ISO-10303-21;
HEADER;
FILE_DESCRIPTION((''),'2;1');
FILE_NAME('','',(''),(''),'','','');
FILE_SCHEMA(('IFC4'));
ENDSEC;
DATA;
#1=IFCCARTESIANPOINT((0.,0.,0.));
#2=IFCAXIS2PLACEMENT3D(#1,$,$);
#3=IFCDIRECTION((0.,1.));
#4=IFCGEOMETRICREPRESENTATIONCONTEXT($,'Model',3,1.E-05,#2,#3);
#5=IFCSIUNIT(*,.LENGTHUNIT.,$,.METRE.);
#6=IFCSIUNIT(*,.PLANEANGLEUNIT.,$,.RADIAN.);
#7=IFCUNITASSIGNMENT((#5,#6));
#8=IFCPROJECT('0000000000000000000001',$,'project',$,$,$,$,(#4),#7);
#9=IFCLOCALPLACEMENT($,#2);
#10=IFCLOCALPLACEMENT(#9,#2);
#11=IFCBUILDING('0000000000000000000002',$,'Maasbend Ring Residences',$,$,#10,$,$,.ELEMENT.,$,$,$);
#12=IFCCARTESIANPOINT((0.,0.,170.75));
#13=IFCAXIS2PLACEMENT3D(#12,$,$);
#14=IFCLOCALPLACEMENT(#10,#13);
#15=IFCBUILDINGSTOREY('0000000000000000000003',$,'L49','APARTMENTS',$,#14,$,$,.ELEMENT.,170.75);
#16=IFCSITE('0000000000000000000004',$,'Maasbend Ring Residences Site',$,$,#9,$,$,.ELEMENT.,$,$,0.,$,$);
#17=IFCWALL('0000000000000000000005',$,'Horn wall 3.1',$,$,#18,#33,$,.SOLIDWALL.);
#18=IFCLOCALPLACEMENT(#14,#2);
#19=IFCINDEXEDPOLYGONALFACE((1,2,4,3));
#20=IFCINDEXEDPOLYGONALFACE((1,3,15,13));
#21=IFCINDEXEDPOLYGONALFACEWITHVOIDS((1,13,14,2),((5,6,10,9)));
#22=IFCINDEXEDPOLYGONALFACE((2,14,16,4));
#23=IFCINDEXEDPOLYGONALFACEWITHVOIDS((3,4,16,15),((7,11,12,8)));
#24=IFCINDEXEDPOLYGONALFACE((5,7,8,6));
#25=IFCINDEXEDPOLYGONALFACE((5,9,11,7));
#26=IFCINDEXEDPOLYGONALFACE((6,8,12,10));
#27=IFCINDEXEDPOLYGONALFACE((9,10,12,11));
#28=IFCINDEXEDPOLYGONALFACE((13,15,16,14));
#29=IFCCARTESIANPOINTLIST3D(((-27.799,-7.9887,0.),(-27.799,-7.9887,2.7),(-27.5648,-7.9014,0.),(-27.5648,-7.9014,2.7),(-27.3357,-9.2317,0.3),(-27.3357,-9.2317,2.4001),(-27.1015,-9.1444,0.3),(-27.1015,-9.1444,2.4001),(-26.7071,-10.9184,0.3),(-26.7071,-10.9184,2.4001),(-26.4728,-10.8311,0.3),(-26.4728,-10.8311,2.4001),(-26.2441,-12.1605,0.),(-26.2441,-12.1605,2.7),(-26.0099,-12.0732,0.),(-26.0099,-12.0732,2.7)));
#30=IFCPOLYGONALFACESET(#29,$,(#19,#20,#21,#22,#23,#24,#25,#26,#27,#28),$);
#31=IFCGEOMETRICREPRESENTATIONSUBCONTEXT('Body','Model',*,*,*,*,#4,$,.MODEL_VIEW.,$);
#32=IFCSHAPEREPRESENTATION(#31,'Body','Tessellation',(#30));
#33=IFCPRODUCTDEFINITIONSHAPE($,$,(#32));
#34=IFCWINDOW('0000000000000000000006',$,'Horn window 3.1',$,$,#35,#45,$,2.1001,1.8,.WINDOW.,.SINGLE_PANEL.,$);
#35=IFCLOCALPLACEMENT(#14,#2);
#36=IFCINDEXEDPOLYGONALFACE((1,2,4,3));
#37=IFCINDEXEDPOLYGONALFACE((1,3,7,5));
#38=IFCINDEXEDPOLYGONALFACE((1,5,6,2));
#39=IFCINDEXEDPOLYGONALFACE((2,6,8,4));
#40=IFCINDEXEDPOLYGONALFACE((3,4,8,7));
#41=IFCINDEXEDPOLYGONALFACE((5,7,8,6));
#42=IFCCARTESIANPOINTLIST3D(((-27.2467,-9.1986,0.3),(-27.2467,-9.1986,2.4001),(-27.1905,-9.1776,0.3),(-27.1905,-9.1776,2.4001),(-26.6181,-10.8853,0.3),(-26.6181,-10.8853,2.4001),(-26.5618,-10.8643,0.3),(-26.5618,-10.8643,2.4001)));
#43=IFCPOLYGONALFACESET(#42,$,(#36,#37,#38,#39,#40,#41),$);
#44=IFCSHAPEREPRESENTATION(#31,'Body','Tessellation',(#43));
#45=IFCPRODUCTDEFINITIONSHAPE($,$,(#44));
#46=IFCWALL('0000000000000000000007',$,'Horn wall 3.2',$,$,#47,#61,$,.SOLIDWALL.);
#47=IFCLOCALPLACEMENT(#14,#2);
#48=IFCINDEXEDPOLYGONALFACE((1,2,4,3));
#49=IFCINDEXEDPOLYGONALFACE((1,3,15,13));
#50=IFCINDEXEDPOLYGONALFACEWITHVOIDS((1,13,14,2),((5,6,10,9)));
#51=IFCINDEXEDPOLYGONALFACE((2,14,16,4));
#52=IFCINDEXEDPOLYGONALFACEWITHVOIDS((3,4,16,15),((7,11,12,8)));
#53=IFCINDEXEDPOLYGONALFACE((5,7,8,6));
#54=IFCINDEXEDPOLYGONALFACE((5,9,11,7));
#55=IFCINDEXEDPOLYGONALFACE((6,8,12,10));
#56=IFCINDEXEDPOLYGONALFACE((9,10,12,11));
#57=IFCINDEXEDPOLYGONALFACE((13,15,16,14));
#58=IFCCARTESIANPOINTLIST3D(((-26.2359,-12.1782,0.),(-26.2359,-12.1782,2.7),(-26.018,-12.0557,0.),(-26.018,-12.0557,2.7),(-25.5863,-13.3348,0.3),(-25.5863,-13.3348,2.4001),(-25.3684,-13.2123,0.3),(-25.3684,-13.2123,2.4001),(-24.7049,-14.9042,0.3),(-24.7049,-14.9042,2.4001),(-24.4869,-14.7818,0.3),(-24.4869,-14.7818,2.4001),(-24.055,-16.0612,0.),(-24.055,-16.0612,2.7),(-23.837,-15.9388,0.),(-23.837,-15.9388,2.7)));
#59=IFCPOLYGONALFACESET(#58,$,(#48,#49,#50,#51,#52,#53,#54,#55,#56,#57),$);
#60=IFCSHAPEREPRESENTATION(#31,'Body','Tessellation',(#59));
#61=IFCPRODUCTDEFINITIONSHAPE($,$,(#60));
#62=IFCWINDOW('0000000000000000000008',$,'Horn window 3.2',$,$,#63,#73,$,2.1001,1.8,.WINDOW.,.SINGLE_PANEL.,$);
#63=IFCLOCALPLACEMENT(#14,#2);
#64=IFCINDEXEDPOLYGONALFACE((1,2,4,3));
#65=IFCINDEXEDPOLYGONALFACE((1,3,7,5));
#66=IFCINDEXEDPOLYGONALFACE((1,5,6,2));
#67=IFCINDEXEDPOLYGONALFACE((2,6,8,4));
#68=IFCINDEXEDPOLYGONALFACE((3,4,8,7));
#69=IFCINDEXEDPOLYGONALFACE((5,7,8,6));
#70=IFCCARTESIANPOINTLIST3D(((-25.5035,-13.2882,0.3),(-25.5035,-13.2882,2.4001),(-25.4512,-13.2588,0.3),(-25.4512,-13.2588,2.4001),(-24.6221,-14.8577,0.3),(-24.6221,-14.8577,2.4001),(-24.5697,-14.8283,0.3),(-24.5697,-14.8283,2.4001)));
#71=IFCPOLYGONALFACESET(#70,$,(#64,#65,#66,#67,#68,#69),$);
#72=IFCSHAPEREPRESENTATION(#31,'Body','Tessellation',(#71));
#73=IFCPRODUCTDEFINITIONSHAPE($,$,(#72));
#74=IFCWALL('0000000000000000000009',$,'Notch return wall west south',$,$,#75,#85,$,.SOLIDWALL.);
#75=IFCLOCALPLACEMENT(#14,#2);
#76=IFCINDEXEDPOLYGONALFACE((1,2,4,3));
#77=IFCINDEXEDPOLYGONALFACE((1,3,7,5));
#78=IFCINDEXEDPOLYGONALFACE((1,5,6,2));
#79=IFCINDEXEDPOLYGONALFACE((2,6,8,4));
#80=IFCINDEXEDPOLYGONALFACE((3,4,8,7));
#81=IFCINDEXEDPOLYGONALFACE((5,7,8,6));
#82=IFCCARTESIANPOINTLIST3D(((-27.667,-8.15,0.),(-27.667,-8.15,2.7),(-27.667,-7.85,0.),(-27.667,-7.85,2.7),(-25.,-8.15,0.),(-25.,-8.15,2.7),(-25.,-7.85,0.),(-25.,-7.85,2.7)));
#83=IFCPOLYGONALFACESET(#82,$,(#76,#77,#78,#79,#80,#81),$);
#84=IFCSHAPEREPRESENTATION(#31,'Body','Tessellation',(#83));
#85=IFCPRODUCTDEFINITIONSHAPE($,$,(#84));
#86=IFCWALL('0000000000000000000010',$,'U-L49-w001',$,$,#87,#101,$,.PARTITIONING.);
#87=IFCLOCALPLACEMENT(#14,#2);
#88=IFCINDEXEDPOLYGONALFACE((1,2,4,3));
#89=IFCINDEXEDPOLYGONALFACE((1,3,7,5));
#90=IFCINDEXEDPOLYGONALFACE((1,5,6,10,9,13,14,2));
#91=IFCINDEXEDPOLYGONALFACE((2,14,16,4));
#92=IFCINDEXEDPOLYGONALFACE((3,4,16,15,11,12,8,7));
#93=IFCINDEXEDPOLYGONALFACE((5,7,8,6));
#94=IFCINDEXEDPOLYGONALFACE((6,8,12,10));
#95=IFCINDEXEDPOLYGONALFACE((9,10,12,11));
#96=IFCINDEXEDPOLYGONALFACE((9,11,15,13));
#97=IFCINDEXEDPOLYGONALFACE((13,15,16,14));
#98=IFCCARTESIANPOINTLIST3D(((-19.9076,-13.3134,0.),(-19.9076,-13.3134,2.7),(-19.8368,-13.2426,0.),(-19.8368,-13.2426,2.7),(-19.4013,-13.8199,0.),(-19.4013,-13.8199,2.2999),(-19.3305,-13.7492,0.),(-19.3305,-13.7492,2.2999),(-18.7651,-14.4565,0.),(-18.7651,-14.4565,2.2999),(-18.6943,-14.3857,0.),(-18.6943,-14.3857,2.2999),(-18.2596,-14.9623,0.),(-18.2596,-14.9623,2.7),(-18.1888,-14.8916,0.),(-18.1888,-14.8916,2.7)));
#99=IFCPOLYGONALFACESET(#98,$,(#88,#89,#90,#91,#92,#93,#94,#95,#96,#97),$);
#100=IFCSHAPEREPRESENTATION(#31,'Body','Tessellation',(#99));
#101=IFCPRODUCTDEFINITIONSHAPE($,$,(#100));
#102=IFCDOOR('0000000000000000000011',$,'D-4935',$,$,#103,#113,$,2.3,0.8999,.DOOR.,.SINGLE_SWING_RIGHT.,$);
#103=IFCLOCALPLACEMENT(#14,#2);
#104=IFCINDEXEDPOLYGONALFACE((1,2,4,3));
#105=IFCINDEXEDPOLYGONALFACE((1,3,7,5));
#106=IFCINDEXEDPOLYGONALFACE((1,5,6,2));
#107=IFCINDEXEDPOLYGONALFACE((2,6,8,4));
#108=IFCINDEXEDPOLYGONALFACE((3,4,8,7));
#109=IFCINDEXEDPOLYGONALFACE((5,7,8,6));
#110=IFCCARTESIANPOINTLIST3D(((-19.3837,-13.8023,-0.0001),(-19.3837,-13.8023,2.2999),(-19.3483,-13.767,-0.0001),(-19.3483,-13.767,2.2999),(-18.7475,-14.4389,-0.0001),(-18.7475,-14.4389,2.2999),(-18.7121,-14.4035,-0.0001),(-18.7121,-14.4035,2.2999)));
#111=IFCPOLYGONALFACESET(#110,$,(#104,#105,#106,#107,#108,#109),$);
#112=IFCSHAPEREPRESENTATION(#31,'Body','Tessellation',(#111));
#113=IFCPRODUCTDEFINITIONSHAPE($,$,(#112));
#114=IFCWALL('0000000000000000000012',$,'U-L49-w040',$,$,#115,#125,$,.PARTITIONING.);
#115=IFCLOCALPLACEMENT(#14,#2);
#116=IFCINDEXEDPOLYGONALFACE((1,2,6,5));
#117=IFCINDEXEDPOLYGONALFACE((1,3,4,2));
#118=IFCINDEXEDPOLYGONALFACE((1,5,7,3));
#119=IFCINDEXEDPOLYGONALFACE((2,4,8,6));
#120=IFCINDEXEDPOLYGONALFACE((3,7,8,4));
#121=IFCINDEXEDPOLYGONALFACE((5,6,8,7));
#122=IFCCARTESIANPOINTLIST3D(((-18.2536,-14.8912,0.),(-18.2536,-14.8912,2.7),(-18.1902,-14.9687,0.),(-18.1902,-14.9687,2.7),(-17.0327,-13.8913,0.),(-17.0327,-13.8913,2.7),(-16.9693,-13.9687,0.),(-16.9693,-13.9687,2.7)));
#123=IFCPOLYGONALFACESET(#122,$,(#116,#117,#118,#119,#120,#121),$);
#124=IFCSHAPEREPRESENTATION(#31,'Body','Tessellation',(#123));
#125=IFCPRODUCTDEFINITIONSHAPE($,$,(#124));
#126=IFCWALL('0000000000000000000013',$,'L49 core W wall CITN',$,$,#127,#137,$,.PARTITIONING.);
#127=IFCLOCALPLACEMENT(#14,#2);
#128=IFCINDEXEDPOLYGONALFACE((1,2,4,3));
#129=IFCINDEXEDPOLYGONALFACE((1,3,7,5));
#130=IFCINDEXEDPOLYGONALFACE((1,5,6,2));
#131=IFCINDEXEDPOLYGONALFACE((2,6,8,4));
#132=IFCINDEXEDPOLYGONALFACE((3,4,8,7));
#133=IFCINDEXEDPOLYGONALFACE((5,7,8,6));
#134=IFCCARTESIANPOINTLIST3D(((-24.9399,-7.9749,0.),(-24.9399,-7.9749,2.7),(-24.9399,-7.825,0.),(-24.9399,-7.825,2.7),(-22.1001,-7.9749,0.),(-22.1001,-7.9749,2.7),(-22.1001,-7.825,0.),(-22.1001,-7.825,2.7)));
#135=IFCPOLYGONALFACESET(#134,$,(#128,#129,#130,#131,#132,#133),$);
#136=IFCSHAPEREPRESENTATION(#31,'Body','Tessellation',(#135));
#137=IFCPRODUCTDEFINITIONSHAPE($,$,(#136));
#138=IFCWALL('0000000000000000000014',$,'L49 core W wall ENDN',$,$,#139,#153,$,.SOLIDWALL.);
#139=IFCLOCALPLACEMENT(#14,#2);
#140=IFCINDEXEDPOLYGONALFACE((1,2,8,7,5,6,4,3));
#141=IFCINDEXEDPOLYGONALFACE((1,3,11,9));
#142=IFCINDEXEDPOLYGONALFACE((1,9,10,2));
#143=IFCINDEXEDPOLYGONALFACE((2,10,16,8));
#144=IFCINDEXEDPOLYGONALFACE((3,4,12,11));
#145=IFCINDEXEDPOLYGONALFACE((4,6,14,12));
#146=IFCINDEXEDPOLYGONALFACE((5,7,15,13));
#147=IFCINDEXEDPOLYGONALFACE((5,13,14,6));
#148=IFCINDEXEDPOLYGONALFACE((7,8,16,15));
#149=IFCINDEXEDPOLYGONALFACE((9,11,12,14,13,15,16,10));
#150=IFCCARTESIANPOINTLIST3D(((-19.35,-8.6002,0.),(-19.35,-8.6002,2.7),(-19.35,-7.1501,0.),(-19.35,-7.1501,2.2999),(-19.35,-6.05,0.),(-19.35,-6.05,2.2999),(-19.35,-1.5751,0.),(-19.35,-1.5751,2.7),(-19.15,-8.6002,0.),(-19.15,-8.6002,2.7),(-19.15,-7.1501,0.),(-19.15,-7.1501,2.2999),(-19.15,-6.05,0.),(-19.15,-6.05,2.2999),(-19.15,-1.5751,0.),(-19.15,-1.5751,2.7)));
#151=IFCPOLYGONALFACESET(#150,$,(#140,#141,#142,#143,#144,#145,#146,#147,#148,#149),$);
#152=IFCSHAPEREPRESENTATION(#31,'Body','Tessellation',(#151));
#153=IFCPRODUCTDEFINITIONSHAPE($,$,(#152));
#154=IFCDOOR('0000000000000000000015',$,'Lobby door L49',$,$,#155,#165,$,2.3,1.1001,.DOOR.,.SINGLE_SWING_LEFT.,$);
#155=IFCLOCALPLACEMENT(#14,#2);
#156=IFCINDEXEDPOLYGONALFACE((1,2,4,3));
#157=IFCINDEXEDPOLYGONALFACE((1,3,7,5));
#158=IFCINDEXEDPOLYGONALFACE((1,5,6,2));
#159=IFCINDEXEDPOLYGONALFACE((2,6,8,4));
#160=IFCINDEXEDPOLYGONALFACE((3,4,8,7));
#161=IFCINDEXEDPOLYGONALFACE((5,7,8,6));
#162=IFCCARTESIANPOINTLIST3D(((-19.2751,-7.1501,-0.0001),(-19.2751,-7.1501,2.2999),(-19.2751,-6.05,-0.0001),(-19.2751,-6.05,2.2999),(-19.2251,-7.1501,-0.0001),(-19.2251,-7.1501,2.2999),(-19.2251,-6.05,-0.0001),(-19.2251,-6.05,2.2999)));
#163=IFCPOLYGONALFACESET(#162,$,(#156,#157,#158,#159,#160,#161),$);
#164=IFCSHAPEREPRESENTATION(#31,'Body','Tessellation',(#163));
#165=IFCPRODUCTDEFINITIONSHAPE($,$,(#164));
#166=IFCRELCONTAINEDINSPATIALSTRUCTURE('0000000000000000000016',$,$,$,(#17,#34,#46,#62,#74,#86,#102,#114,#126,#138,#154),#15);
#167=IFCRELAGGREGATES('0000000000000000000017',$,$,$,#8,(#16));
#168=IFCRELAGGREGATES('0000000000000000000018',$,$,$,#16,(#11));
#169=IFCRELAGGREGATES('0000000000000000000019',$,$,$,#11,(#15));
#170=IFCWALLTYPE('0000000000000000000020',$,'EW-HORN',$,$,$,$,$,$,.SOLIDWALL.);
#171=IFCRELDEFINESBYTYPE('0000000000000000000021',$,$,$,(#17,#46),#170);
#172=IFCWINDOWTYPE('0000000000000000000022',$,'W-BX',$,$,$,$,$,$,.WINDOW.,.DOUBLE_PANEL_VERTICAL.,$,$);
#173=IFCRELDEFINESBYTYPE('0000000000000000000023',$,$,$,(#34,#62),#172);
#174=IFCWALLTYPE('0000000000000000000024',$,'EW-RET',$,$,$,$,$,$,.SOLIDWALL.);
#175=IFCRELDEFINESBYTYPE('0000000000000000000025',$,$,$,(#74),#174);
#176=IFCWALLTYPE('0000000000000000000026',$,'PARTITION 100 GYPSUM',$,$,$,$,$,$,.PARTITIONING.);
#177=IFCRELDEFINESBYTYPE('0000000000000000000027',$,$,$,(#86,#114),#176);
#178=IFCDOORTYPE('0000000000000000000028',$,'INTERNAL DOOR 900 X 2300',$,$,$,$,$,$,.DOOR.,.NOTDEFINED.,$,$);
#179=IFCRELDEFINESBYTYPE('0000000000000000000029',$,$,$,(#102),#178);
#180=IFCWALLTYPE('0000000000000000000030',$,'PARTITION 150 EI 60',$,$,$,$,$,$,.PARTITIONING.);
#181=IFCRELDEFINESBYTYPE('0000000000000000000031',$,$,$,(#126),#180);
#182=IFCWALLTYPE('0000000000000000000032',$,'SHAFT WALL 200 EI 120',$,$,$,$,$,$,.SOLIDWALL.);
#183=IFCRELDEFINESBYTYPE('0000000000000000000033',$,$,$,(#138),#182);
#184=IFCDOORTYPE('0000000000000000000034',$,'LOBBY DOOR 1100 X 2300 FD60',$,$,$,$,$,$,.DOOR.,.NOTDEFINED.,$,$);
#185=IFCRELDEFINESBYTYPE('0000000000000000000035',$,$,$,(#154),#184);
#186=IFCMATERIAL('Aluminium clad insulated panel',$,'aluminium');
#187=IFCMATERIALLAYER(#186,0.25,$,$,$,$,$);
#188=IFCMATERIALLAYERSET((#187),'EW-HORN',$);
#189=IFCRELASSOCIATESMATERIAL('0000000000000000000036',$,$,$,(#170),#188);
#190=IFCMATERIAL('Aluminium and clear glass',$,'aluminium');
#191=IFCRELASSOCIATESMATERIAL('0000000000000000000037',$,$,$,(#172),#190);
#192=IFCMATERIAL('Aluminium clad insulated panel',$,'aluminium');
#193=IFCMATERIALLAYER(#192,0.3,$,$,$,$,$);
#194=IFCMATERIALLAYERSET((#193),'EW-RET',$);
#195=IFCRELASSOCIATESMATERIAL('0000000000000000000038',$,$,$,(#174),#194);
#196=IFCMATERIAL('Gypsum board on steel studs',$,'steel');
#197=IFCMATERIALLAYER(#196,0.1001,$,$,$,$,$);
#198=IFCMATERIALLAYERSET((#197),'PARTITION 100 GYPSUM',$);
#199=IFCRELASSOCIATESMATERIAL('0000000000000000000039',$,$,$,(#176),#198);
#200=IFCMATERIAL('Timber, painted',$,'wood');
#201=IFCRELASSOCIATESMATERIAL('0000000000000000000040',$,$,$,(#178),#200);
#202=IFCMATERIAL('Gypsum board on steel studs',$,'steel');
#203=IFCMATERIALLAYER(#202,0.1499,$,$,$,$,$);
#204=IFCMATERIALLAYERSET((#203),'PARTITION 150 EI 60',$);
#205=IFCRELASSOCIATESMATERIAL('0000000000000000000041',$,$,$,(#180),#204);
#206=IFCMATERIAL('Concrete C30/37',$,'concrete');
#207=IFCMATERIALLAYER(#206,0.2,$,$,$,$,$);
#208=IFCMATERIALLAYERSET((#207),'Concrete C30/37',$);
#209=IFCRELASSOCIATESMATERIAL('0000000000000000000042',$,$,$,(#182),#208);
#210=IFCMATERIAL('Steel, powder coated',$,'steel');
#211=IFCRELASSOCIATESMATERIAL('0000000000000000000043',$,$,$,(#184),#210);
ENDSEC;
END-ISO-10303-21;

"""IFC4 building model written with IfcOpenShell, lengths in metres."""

from ifc_helpers import new_model, si_unit, direction, frame, frame_2d, origin, place, context, subcontext, project, spatial, rectangle, extrude, material, layer, layer_set, type_object, element, fill, save


model = new_model("IFC4")

# Units and contexts
model_context = context("Model", 3, precision=1e-05, world=origin(), true_north=direction((0.0, 1.0)))
body_context = subcontext(model_context, "Body", "Model", "MODEL_VIEW")
ifc_project = project(units=[si_unit("LENGTHUNIT", "METRE"), si_unit("PLANEANGLEUNIT", "RADIAN")], contexts=[model_context])

# Site, building, storey
site_placement = place(None, origin())
site = spatial("IfcSite", under=ifc_project, at=site_placement, Name="Maasbend Ring Residences Site", CompositionType="ELEMENT", RefElevation=0.0)
building_placement = place(site_placement, origin())
building = spatial("IfcBuilding", under=site, at=building_placement, Name="Maasbend Ring Residences", CompositionType="ELEMENT")
storey_placement = place(building_placement, frame((0.0, 0.0, 170.75)))
storey = spatial("IfcBuildingStorey", under=building, at=storey_placement, Name="L49", Description="APARTMENTS", CompositionType="ELEMENT", Elevation=170.75)

# Walls, openings, windows
ifc_material_1 = material(Name="Aluminium clad insulated panel", Category="aluminium")
ifc_layer_1 = layer(ifc_material_1, 0.25)
ifc_layer_set_1 = layer_set([ifc_layer_1], Name="EW-HORN")
wall_type_1 = type_object("IfcWallType", Name="EW-HORN", PredefinedType="SOLIDWALL", material=ifc_layer_set_1)
wall_1_placement = place(storey_placement, frame((-27.6819, -7.9451, 0.0), z_axis=(0.0, 0.0, 1.0), x_axis=(0.349248, -0.93703, 0.0)))
wall_1 = element("IfcWall", 1, at=wall_1_placement, inside=storey, type_object=wall_type_1, Name="Horn wall 3.1", PredefinedType="SOLIDWALL", context=body_context, shape_type="SweptSolid", body=[
    extrude(rectangle(XDim=4.4521, YDim=0.25, at=frame_2d((2.2261, 0.0))), origin(), (0.0, 0.0, 1.0), 2.7),
])
opening_1_placement = place(wall_1_placement, frame((1.3267, 0.0, 0.3)))
opening_1 = element("IfcOpeningElement", 2, at=opening_1_placement, cuts=wall_1, PredefinedType="OPENING", context=body_context, shape_type="SweptSolid", body=[
    extrude(rectangle(XDim=1.8, YDim=2.1001, at=frame_2d((0.8999, 1.05))), frame((0.0, 0.135, 0.0), z_axis=(0.0, -1.0, 0.0), x_axis=(1.0, 0.0, 0.0)), (0.0, 0.0, 1.0), 0.27),
])
ifc_material_2 = material(Name="Aluminium and clear glass", Category="aluminium")
window_type = type_object("IfcWindowType", Name="W-BX", PartitioningType="DOUBLE_PANEL_VERTICAL", PredefinedType="WINDOW", material=ifc_material_2)
window_1_placement = place(opening_1_placement, origin())
window_1 = element("IfcWindow", 3, at=window_1_placement, inside=storey, type_object=window_type, Name="Horn window 3.1", OverallHeight=2.1001, OverallWidth=1.8, PartitioningType="SINGLE_PANEL", PredefinedType="WINDOW", context=body_context, shape_type="SweptSolid", body=[
    extrude(rectangle(XDim=1.8, YDim=2.1001, at=frame_2d((0.8999, 1.05))), frame((0.0, 0.03, 0.0), z_axis=(0.0, -1.0, 0.0), x_axis=(1.0, 0.0, 0.0)), (0.0, 0.0, 1.0), 0.0601),
])
fill(opening_1, window_1)
wall_2_placement = place(storey_placement, frame((-26.127, -12.1169, 0.0), z_axis=(0.0, 0.0, 1.0), x_axis=(0.489696, -0.871893, 0.0)))
wall_2 = element("IfcWall", 4, at=wall_2_placement, inside=storey, type_object=wall_type_1, Name="Horn wall 3.2", PredefinedType="SOLIDWALL", context=body_context, shape_type="SweptSolid", body=[
    extrude(rectangle(XDim=4.4536, YDim=0.25, at=frame_2d((2.2268, 0.0))), origin(), (0.0, 0.0, 1.0), 2.7),
])
opening_2_placement = place(wall_2_placement, frame((1.3267, 0.0, 0.3)))
opening_2 = element("IfcOpeningElement", 5, at=opening_2_placement, cuts=wall_2, PredefinedType="OPENING", context=body_context, shape_type="SweptSolid", body=[
    extrude(rectangle(XDim=1.8, YDim=2.1001, at=frame_2d((0.8999, 1.05))), frame((0.0, 0.135, 0.0), z_axis=(0.0, -1.0, 0.0), x_axis=(1.0, 0.0, 0.0)), (0.0, 0.0, 1.0), 0.27),
])
window_2_placement = place(opening_2_placement, origin())
window_2 = element("IfcWindow", 6, at=window_2_placement, inside=storey, type_object=window_type, Name="Horn window 3.2", OverallHeight=2.1001, OverallWidth=1.8, PartitioningType="SINGLE_PANEL", PredefinedType="WINDOW", context=body_context, shape_type="SweptSolid", body=[
    extrude(rectangle(XDim=1.8, YDim=2.1001, at=frame_2d((0.8999, 1.05))), frame((0.0, 0.03, 0.0), z_axis=(0.0, -1.0, 0.0), x_axis=(1.0, 0.0, 0.0)), (0.0, 0.0, 1.0), 0.0601),
])
fill(opening_2, window_2)

# Wall
ifc_material_3 = material(Name="Aluminium clad insulated panel", Category="aluminium")
ifc_layer_2 = layer(ifc_material_3, 0.3)
ifc_layer_set_2 = layer_set([ifc_layer_2], Name="EW-RET")
wall_type_2 = type_object("IfcWallType", Name="EW-RET", PredefinedType="SOLIDWALL", material=ifc_layer_set_2)
wall_3_placement = place(storey_placement, frame((-25.0, -8.0, 0.0), z_axis=(0.0, 0.0, 1.0), x_axis=(-1.0, 0.0, 0.0)))
element("IfcWall", 7, at=wall_3_placement, inside=storey, type_object=wall_type_2, Name="Notch return wall west south", PredefinedType="SOLIDWALL", context=body_context, shape_type="SweptSolid", body=[
    extrude(rectangle(XDim=2.667, YDim=0.3, at=frame_2d((1.3335, 0.0))), origin(), (0.0, 0.0, 1.0), 2.7),
])

# Wall, opening, door
ifc_material_4 = material(Name="Gypsum board on steel studs", Category="steel")
ifc_layer_3 = layer(ifc_material_4, 0.1001)
ifc_layer_set_3 = layer_set([ifc_layer_3], Name="PARTITION 100 GYPSUM")
wall_type_3 = type_object("IfcWallType", Name="PARTITION 100 GYPSUM", PredefinedType="PARTITIONING", material=ifc_layer_set_3)
wall_4_placement = place(storey_placement, frame((-19.8721, -13.2781, 0.0), z_axis=(0.0, 0.0, 1.0), x_axis=(0.706897, -0.707316, 0.0)))
wall_4 = element("IfcWall", 8, at=wall_4_placement, inside=storey, type_object=wall_type_3, Name="U-L49-w001", PredefinedType="PARTITIONING", context=body_context, shape_type="SweptSolid", body=[
    extrude(rectangle(XDim=2.3313, YDim=0.1001, at=frame_2d((1.1655, 0.0))), origin(), (0.0, 0.0, 1.0), 2.7),
])
opening_3_placement = place(wall_4_placement, frame((0.7161, 0.0, 0.0)))
opening_3 = element("IfcOpeningElement", 9, at=opening_3_placement, cuts=wall_4, PredefinedType="OPENING", context=body_context, shape_type="SweptSolid", body=[
    extrude(rectangle(XDim=0.8999, YDim=2.3, at=frame_2d((0.45, 1.1499))), frame((0.0, 0.0601, 0.0), z_axis=(0.0, -1.0, 0.0), x_axis=(1.0, 0.0, 0.0)), (0.0, 0.0, 1.0), 0.1201),
])
ifc_material_5 = material(Name="Timber, painted", Category="wood")
door_type_1 = type_object("IfcDoorType", Name="INTERNAL DOOR 900 X 2300", OperationType="NOTDEFINED", PredefinedType="DOOR", material=ifc_material_5)
door_1_placement = place(opening_3_placement, origin())
door_1 = element("IfcDoor", 10, at=door_1_placement, inside=storey, type_object=door_type_1, Name="D-4935", OperationType="SINGLE_SWING_RIGHT", OverallHeight=2.3, OverallWidth=0.8999, PredefinedType="DOOR", context=body_context, shape_type="SweptSolid", body=[
    extrude(rectangle(XDim=0.8999, YDim=2.3, at=frame_2d((0.45, 1.1499))), frame((0.0, 0.0249, 0.0), z_axis=(0.0, -1.0, 0.0), x_axis=(1.0, 0.0, 0.0)), (0.0, 0.0, 1.0), 0.05),
])
fill(opening_3, door_1)

# Walls
wall_5_placement = place(storey_placement, frame((-18.2219, -14.9299, 0.0), z_axis=(0.0, 0.0, 1.0), x_axis=(0.773633, 0.633634, 0.0)))
element("IfcWall", 11, at=wall_5_placement, inside=storey, type_object=wall_type_3, Name="U-L49-w040", PredefinedType="PARTITIONING", context=body_context, shape_type="SweptSolid", body=[
    extrude(rectangle(XDim=1.5781, YDim=0.1001, at=frame_2d((0.7891, 0.0))), origin(), (0.0, 0.0, 1.0), 2.7),
])
ifc_material_6 = material(Name="Gypsum board on steel studs", Category="steel")
ifc_layer_4 = layer(ifc_material_6, 0.1499)
ifc_layer_set_4 = layer_set([ifc_layer_4], Name="PARTITION 150 EI 60")
wall_type_4 = type_object("IfcWallType", Name="PARTITION 150 EI 60", PredefinedType="PARTITIONING", material=ifc_layer_set_4)
wall_6_placement = place(storey_placement, frame((-22.1001, -7.8999, 0.0), z_axis=(0.0, 0.0, 1.0), x_axis=(-1.0, 0.0, 0.0)))
element("IfcWall", 12, at=wall_6_placement, inside=storey, type_object=wall_type_4, Name="L49 core W wall CITN", PredefinedType="PARTITIONING", context=body_context, shape_type="SweptSolid", body=[
    extrude(rectangle(XDim=2.8398, YDim=0.1499, at=frame_2d((1.4199, 0.0))), origin(), (0.0, 0.0, 1.0), 2.7),
])

# Wall, opening, door
ifc_material_7 = material(Name="Concrete C30/37", Category="concrete")
ifc_layer_5 = layer(ifc_material_7, 0.2)
ifc_layer_set_5 = layer_set([ifc_layer_5], Name="Concrete C30/37")
wall_type_5 = type_object("IfcWallType", Name="SHAFT WALL 200 EI 120", PredefinedType="SOLIDWALL", material=ifc_layer_set_5)
wall_7_placement = place(storey_placement, frame((-19.25, -1.575, 0.0), z_axis=(0.0, 0.0, 1.0), x_axis=(0.0, -1.0, 0.0)))
wall_7 = element("IfcWall", 13, at=wall_7_placement, inside=storey, type_object=wall_type_5, Name="L49 core W wall ENDN", PredefinedType="SOLIDWALL", context=body_context, shape_type="SweptSolid", body=[
    extrude(rectangle(XDim=7.0251, YDim=0.2, at=frame_2d((3.5127, 0.0))), origin(), (0.0, 0.0, 1.0), 2.7),
])
opening_4_placement = place(wall_7_placement, frame((4.4751, 0.0, 0.0)))
opening_4 = element("IfcOpeningElement", 14, at=opening_4_placement, cuts=wall_7, PredefinedType="OPENING", context=body_context, shape_type="SweptSolid", body=[
    extrude(rectangle(XDim=1.1001, YDim=2.3, at=frame_2d((0.55, 1.1499))), frame((0.0, 0.1099, 0.0), z_axis=(0.0, -1.0, 0.0), x_axis=(1.0, 0.0, 0.0)), (0.0, 0.0, 1.0), 0.22),
])
ifc_material_8 = material(Name="Steel, powder coated", Category="steel")
door_type_2 = type_object("IfcDoorType", Name="LOBBY DOOR 1100 X 2300 FD60", OperationType="NOTDEFINED", PredefinedType="DOOR", material=ifc_material_8)
door_2_placement = place(opening_4_placement, origin())
door_2 = element("IfcDoor", 15, at=door_2_placement, inside=storey, type_object=door_type_2, Name="Lobby door L49", OperationType="SINGLE_SWING_LEFT", OverallHeight=2.3, OverallWidth=1.1001, PredefinedType="DOOR", context=body_context, shape_type="SweptSolid", body=[
    extrude(rectangle(XDim=1.1001, YDim=2.3, at=frame_2d((0.55, 1.1499))), frame((0.0, 0.0249, 0.0), z_axis=(0.0, -1.0, 0.0), x_axis=(1.0, 0.0, 0.0)), (0.0, 0.0, 1.0), 0.05),
])
fill(opening_4, door_2)

save(model, "model.ifc")
